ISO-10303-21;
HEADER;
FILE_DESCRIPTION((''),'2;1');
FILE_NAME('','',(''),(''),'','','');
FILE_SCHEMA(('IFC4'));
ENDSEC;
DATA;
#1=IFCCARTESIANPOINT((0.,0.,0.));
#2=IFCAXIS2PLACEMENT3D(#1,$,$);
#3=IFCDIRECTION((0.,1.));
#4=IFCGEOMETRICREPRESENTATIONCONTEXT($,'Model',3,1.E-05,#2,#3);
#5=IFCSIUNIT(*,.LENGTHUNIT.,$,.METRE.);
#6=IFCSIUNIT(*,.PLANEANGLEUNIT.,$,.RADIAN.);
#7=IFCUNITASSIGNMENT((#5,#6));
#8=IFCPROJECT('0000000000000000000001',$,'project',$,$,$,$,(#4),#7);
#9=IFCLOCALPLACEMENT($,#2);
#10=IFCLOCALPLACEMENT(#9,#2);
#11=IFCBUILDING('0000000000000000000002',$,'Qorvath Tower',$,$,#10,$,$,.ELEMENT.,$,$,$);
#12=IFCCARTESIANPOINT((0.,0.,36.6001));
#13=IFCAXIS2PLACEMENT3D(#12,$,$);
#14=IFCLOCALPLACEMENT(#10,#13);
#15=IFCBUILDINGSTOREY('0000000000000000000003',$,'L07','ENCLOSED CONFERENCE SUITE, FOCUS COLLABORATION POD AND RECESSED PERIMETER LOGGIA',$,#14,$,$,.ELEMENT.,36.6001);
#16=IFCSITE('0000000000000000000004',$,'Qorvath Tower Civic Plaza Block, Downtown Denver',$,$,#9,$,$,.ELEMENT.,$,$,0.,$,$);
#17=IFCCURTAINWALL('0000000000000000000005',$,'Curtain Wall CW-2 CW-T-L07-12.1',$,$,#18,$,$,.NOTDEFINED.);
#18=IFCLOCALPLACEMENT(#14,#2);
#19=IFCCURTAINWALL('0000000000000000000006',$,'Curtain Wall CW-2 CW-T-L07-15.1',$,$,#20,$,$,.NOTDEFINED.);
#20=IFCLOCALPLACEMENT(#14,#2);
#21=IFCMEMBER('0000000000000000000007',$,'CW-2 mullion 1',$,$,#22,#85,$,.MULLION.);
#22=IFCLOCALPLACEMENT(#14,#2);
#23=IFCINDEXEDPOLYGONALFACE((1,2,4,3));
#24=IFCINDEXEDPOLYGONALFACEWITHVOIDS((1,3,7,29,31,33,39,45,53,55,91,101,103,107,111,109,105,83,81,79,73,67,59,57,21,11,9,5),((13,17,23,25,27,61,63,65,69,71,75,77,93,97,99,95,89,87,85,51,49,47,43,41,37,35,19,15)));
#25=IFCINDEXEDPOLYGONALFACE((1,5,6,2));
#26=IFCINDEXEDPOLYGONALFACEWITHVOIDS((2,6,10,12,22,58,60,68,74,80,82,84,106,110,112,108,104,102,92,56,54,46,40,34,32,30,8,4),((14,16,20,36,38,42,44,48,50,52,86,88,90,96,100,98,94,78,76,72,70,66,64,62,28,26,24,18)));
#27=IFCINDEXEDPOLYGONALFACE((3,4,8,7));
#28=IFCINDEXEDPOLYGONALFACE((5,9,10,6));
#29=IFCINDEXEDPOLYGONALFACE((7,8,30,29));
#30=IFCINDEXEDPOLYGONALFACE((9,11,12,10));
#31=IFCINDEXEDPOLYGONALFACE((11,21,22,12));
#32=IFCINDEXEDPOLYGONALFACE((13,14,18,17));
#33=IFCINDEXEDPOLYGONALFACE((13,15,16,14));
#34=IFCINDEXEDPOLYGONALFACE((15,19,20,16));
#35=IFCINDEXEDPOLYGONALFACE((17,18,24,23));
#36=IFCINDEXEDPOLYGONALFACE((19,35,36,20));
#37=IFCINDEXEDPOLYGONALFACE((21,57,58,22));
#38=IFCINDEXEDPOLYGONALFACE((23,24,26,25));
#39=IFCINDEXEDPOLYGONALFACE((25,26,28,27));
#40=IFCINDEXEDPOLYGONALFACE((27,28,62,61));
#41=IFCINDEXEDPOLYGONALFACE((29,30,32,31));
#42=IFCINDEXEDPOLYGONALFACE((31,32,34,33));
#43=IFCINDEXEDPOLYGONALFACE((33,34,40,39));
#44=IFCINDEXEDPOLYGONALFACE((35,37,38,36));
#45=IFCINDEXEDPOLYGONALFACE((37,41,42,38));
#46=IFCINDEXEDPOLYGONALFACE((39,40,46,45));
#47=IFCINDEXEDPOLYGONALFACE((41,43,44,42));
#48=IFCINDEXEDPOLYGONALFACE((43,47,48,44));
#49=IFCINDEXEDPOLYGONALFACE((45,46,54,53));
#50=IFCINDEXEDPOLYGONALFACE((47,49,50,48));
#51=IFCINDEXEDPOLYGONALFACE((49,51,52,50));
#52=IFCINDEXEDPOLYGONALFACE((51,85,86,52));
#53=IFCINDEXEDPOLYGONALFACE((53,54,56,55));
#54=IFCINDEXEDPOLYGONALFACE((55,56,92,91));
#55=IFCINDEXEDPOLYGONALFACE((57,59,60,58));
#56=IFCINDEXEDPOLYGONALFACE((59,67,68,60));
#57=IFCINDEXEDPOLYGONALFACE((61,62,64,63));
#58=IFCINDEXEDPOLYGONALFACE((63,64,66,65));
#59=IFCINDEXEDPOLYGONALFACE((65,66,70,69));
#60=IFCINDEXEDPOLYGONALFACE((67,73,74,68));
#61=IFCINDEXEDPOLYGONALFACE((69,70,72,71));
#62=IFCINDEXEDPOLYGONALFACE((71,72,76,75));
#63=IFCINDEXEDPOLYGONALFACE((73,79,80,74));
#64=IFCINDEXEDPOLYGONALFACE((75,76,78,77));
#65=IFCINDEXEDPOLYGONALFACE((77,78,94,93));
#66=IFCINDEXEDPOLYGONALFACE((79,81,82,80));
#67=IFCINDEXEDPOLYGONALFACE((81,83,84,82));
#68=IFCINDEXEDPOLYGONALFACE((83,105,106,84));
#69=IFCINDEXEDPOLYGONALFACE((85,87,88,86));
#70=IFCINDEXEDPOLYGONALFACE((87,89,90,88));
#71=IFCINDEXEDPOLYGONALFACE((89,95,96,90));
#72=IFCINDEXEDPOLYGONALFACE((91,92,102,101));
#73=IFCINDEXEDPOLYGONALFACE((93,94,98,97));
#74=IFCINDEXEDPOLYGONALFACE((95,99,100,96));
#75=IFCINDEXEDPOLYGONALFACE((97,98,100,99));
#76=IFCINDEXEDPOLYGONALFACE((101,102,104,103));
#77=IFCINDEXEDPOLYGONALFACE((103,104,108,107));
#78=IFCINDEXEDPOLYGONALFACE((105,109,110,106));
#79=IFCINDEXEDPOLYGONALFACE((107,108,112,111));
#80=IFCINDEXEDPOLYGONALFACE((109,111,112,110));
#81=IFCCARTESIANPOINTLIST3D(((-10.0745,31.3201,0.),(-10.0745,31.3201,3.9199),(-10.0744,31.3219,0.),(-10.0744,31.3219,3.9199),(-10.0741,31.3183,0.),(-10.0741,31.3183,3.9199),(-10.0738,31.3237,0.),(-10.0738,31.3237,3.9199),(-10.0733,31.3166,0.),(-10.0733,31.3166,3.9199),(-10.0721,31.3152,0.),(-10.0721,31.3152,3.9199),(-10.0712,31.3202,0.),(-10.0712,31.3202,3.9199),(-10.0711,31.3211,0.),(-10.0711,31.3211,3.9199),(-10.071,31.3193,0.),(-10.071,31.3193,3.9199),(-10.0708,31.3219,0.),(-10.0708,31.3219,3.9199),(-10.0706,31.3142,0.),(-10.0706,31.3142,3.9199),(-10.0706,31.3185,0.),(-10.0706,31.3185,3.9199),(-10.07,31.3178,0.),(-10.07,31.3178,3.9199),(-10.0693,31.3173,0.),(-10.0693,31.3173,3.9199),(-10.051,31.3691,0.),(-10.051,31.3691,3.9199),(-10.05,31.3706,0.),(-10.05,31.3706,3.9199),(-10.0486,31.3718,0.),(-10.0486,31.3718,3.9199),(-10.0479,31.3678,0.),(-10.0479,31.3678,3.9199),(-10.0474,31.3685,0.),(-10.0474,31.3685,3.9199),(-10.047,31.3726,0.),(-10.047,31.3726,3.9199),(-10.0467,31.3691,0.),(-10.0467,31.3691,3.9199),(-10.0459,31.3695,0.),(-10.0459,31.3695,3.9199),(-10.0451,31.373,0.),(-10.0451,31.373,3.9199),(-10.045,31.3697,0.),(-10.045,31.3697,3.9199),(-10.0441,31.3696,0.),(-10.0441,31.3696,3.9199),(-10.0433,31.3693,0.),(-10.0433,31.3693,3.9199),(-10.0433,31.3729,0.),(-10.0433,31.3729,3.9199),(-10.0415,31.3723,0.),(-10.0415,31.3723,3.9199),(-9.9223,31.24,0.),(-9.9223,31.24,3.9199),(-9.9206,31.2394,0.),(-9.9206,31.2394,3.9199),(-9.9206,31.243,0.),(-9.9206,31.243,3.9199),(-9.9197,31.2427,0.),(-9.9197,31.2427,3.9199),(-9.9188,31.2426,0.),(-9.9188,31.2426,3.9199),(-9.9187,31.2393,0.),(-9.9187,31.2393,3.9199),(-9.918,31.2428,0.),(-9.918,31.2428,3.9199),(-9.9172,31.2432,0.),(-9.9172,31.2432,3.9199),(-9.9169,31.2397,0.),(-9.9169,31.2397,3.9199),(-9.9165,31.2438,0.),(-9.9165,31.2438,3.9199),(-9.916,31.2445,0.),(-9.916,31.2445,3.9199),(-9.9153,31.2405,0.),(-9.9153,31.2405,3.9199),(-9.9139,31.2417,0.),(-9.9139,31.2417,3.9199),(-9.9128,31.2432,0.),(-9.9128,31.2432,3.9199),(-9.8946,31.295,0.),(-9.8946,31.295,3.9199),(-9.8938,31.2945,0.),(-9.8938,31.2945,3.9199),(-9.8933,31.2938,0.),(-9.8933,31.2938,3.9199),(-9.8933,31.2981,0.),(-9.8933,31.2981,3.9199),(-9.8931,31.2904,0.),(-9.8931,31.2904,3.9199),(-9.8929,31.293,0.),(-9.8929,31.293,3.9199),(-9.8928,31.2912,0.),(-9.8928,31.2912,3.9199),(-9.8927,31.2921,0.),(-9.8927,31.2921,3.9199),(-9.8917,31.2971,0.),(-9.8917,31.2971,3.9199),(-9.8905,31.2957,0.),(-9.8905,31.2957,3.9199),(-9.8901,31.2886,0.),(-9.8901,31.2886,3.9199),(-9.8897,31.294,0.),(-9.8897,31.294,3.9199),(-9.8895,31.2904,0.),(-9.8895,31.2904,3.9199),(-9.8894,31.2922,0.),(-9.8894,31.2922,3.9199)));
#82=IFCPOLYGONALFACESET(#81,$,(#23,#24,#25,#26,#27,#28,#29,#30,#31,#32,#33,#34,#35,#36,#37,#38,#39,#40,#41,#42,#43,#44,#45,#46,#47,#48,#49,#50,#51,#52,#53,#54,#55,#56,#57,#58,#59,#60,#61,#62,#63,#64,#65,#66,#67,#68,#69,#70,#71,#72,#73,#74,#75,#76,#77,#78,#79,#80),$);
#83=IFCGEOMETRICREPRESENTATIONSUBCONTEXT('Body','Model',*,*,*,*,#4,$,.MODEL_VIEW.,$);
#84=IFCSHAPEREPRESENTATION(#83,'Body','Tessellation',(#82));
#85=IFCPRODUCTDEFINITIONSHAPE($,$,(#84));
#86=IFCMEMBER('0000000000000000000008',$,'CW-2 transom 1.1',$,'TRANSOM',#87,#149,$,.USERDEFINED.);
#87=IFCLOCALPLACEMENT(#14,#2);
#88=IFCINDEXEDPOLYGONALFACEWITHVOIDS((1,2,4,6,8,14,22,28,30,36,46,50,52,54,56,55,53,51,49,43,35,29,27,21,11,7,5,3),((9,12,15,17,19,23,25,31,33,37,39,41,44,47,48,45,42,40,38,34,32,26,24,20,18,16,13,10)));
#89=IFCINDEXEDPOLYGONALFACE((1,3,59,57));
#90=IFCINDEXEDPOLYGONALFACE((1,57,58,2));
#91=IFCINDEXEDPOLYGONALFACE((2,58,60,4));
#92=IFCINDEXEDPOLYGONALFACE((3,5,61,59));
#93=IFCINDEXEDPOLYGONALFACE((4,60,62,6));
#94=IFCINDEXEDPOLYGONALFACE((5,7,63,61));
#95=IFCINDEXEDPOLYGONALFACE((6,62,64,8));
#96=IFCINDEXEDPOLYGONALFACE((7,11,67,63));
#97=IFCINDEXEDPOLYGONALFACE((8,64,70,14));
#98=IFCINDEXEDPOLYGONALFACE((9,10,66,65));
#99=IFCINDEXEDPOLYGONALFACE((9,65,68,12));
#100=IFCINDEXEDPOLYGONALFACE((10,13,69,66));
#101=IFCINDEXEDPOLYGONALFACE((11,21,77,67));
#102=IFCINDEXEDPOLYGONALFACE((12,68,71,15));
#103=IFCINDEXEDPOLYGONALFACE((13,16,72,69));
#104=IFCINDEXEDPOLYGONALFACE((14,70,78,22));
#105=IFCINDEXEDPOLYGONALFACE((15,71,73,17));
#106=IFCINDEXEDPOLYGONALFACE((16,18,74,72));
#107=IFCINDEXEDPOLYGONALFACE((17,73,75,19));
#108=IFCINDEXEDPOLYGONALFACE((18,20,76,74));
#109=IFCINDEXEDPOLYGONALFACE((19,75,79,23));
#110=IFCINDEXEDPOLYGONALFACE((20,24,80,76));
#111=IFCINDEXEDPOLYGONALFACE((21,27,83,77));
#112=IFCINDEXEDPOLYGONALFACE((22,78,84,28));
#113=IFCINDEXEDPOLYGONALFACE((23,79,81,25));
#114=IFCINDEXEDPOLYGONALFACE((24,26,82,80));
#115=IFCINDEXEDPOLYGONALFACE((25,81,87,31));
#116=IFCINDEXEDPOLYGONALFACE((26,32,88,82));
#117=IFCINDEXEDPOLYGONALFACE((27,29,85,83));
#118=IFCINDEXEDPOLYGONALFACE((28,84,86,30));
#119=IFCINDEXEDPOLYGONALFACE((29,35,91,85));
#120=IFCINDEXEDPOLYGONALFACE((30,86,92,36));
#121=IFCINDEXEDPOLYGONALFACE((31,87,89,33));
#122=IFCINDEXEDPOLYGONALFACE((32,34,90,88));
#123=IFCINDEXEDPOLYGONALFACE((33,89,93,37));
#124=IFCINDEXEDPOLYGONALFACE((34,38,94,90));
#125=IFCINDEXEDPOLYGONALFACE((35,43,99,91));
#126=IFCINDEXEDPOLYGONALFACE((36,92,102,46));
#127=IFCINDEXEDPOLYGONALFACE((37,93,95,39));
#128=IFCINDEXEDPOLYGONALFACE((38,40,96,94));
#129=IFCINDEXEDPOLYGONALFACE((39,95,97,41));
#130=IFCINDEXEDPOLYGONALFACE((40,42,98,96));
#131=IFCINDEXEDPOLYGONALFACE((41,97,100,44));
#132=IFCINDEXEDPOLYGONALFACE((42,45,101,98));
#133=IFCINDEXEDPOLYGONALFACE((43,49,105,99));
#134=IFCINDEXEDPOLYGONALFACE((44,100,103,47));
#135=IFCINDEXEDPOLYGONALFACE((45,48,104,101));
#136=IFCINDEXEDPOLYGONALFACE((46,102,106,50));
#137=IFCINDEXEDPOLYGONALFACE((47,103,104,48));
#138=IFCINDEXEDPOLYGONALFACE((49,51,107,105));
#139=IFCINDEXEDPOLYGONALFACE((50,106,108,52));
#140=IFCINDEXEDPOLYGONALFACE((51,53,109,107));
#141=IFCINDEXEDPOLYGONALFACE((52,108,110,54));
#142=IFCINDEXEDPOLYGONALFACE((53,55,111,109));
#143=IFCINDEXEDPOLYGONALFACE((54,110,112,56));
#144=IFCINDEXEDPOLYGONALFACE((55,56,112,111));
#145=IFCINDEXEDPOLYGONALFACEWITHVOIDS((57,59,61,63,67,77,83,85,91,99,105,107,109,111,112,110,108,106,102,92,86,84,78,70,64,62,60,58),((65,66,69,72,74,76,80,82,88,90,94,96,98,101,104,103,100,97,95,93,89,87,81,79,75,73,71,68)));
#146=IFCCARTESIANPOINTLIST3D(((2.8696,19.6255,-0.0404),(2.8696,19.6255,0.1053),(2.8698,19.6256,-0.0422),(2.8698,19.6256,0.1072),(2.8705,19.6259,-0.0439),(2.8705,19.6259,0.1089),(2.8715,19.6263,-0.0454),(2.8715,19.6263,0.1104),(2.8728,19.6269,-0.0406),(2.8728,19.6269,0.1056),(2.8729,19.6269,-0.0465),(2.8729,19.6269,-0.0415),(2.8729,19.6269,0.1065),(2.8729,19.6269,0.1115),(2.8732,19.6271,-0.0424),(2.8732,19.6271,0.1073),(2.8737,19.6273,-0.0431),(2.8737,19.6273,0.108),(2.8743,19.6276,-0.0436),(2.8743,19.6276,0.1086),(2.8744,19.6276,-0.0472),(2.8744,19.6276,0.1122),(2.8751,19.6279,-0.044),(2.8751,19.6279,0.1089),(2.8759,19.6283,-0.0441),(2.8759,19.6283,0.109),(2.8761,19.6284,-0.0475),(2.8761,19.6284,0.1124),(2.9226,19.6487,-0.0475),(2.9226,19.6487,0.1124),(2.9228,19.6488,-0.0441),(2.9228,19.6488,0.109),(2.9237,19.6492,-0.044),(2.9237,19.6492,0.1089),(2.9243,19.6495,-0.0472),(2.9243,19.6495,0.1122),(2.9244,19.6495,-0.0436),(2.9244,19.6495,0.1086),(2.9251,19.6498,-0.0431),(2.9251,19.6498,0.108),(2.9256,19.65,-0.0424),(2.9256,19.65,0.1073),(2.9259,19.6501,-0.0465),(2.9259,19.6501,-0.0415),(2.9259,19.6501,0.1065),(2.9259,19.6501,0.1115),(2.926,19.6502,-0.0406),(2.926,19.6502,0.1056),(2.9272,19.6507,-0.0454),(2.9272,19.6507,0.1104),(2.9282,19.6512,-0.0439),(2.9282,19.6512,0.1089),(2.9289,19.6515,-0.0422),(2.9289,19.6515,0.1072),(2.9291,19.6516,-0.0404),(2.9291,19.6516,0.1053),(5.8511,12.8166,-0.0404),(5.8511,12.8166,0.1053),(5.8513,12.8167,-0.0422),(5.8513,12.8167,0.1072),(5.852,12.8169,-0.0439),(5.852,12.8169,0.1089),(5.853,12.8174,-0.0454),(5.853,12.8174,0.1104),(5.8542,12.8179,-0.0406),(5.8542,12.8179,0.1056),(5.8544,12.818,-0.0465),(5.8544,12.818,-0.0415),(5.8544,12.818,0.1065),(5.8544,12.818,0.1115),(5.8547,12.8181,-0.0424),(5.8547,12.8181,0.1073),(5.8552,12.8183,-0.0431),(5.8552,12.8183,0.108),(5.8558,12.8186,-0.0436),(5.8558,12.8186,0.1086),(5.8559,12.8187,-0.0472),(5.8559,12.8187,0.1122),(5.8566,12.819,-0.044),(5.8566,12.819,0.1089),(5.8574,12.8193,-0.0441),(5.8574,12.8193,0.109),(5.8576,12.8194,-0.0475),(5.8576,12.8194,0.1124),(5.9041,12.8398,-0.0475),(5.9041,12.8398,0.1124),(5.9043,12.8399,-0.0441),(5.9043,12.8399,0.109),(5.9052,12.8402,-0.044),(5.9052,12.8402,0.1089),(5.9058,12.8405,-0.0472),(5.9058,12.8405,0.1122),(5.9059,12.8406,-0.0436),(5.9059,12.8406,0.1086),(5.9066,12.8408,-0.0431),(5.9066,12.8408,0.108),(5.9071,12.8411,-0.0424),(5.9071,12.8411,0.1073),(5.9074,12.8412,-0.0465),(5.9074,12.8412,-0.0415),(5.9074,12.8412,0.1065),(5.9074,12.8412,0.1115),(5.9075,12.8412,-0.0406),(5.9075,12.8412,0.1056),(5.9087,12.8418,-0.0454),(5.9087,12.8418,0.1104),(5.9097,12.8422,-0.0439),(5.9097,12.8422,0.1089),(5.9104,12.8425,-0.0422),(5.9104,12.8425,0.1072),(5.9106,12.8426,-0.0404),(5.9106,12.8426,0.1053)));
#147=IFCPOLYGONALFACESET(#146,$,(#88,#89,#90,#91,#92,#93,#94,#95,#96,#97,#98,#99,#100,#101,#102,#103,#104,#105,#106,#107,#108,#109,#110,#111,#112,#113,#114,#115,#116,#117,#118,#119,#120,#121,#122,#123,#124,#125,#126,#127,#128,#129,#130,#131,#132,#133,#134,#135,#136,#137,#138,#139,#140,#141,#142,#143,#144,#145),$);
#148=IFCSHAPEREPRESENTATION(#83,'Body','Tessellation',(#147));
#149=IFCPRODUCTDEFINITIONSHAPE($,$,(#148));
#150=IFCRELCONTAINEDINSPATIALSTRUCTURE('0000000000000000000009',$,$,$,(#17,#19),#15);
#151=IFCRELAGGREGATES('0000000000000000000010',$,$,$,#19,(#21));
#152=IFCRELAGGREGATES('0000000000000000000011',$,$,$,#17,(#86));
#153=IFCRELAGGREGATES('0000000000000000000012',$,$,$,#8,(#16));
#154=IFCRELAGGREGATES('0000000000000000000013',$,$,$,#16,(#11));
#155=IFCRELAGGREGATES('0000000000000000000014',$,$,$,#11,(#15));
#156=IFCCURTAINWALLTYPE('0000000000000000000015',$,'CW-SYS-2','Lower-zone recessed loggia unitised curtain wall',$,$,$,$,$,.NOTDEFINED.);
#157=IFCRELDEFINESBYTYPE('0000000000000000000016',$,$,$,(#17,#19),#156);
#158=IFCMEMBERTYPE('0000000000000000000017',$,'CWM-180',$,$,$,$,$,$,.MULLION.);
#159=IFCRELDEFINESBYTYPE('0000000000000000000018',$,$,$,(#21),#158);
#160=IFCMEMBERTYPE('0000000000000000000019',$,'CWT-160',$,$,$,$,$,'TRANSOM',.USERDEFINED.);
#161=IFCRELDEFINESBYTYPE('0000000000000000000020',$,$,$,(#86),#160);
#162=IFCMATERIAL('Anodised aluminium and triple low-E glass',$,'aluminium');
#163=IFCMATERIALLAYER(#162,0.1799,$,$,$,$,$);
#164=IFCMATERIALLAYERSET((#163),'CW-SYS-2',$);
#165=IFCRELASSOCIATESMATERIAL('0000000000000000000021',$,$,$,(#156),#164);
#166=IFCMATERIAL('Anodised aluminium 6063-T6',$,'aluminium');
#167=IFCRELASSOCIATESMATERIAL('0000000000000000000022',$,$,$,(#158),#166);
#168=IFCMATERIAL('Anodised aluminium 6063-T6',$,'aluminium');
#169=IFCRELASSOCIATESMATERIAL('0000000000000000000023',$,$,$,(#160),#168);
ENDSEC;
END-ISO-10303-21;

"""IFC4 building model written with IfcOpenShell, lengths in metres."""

from ifc_helpers import new_model, si_unit, direction, frame, origin, origin_2d, place, context, subcontext, project, spatial, hollow_rectangle, extrude, material, layer, layer_set, material_profile, profile_set, type_object, element, aggregate, save


model = new_model("IFC4")

# Units and contexts
model_context = context("Model", 3, precision=1e-05, world=origin(), true_north=direction((0.0, 1.0)))
body_context = subcontext(model_context, "Body", "Model", "MODEL_VIEW")
ifc_project = project(units=[si_unit("LENGTHUNIT", "METRE"), si_unit("PLANEANGLEUNIT", "RADIAN")], contexts=[model_context])

# Site, building, storey
site_placement = place(None, origin())
site = spatial("IfcSite", under=ifc_project, at=site_placement, Name="Qorvath Tower Civic Plaza Block, Downtown Denver", CompositionType="ELEMENT", RefElevation=0.0)
building_placement = place(site_placement, origin())
building = spatial("IfcBuilding", under=site, at=building_placement, Name="Qorvath Tower", CompositionType="ELEMENT")
storey_placement = place(building_placement, frame((0.0, 0.0, 36.6001)))
storey = spatial("IfcBuildingStorey", under=building, at=storey_placement, Name="L07", Description="ENCLOSED CONFERENCE SUITE, FOCUS COLLABORATION POD AND RECESSED PERIMETER LOGGIA", CompositionType="ELEMENT", Elevation=36.6001)

# Shared definitions
ifc_material_1 = material(Name="Anodised aluminium and triple low-E glass", Category="aluminium")
ifc_layer_1 = layer(ifc_material_1, 0.1799)
ifc_layer_set_1 = layer_set([ifc_layer_1], Name="CW-SYS-2")
curtain_wall_type = type_object("IfcCurtainWallType", Name="CW-SYS-2", Description="Lower-zone recessed loggia unitised curtain wall", PredefinedType="NOTDEFINED", material=ifc_layer_set_1)
ifc_material_2 = material(Name="Anodised aluminium 6063-T6", Category="aluminium")
ifc_material_profile_1 = material_profile(ifc_material_2, hollow_rectangle(XDim=0.0649, YDim=0.1799, WallThickness=0.0034, InnerFilletRadius=0.0034, OuterFilletRadius=0.0071, at=origin_2d()), Name="CWM 180x65")
ifc_profile_set_1 = profile_set([ifc_material_profile_1], Name="Anodised aluminium 6063-T6")
member_type_1 = type_object("IfcMemberType", Name="CWM-180", PredefinedType="MULLION", material=ifc_profile_set_1)

# Curtain wall
curtain_wall_1_placement = place(storey_placement, origin())
curtain_wall_1 = element("IfcCurtainWall", 1, at=curtain_wall_1_placement, inside=storey, type_object=curtain_wall_type, Name="Curtain Wall CW-2 CW-T-L07-12.1", PredefinedType="NOTDEFINED")

# Curtain wall, member
curtain_wall_2_placement = place(storey_placement, origin())
curtain_wall_2 = element("IfcCurtainWall", 2, at=curtain_wall_2_placement, inside=storey, type_object=curtain_wall_type, Name="Curtain Wall CW-2 CW-T-L07-15.1", PredefinedType="NOTDEFINED")
member_1_placement = place(storey_placement, frame((-9.9819, 31.3062, 0.0), z_axis=(0.0, 0.0, 1.0), x_axis=(-0.447199, -0.894435, 0.0)))
member_1 = element("IfcMember", 3, at=member_1_placement, type_object=member_type_1, Name="CW-2 mullion 1", PredefinedType="MULLION", context=body_context, shape_type="SweptSolid", body=[
    extrude(hollow_rectangle(XDim=0.0649, YDim=0.1799, WallThickness=0.0034, InnerFilletRadius=0.0034, OuterFilletRadius=0.0071, at=origin_2d()), origin(), (0.0, 0.0, 1.0), 3.9199),
])

# Member
ifc_material_3 = material(Name="Anodised aluminium 6063-T6", Category="aluminium")
ifc_material_profile_2 = material_profile(ifc_material_3, hollow_rectangle(XDim=0.0649, YDim=0.1599, WallThickness=0.0034, InnerFilletRadius=0.0034, OuterFilletRadius=0.0071, at=origin_2d()), Name="CWT 160x65")
ifc_profile_set_2 = profile_set([ifc_material_profile_2], Name="Anodised aluminium 6063-T6")
member_type_2 = type_object("IfcMemberType", Name="CWT-160", ElementType="TRANSOM", PredefinedType="USERDEFINED", material=ifc_profile_set_2)
member_2_placement = place(storey_placement, frame((5.8809, 12.8296, 0.0325), z_axis=(-0.40111, 0.91603, 0.0), x_axis=(-0.91603, -0.40111, 0.0)))
member_2 = element("IfcMember", 4, at=member_2_placement, type_object=member_type_2, Name="CW-2 transom 1.1", ObjectType="TRANSOM", PredefinedType="USERDEFINED", context=body_context, shape_type="SweptSolid", body=[
    extrude(hollow_rectangle(XDim=0.0649, YDim=0.1599, WallThickness=0.0034, InnerFilletRadius=0.0034, OuterFilletRadius=0.0071, at=origin_2d()), origin(), (0.0, 0.0, 1.0), 7.4331),
])
aggregate(curtain_wall_2, [member_1])

aggregate(curtain_wall_1, [member_2])

save(model, "model.ifc")
